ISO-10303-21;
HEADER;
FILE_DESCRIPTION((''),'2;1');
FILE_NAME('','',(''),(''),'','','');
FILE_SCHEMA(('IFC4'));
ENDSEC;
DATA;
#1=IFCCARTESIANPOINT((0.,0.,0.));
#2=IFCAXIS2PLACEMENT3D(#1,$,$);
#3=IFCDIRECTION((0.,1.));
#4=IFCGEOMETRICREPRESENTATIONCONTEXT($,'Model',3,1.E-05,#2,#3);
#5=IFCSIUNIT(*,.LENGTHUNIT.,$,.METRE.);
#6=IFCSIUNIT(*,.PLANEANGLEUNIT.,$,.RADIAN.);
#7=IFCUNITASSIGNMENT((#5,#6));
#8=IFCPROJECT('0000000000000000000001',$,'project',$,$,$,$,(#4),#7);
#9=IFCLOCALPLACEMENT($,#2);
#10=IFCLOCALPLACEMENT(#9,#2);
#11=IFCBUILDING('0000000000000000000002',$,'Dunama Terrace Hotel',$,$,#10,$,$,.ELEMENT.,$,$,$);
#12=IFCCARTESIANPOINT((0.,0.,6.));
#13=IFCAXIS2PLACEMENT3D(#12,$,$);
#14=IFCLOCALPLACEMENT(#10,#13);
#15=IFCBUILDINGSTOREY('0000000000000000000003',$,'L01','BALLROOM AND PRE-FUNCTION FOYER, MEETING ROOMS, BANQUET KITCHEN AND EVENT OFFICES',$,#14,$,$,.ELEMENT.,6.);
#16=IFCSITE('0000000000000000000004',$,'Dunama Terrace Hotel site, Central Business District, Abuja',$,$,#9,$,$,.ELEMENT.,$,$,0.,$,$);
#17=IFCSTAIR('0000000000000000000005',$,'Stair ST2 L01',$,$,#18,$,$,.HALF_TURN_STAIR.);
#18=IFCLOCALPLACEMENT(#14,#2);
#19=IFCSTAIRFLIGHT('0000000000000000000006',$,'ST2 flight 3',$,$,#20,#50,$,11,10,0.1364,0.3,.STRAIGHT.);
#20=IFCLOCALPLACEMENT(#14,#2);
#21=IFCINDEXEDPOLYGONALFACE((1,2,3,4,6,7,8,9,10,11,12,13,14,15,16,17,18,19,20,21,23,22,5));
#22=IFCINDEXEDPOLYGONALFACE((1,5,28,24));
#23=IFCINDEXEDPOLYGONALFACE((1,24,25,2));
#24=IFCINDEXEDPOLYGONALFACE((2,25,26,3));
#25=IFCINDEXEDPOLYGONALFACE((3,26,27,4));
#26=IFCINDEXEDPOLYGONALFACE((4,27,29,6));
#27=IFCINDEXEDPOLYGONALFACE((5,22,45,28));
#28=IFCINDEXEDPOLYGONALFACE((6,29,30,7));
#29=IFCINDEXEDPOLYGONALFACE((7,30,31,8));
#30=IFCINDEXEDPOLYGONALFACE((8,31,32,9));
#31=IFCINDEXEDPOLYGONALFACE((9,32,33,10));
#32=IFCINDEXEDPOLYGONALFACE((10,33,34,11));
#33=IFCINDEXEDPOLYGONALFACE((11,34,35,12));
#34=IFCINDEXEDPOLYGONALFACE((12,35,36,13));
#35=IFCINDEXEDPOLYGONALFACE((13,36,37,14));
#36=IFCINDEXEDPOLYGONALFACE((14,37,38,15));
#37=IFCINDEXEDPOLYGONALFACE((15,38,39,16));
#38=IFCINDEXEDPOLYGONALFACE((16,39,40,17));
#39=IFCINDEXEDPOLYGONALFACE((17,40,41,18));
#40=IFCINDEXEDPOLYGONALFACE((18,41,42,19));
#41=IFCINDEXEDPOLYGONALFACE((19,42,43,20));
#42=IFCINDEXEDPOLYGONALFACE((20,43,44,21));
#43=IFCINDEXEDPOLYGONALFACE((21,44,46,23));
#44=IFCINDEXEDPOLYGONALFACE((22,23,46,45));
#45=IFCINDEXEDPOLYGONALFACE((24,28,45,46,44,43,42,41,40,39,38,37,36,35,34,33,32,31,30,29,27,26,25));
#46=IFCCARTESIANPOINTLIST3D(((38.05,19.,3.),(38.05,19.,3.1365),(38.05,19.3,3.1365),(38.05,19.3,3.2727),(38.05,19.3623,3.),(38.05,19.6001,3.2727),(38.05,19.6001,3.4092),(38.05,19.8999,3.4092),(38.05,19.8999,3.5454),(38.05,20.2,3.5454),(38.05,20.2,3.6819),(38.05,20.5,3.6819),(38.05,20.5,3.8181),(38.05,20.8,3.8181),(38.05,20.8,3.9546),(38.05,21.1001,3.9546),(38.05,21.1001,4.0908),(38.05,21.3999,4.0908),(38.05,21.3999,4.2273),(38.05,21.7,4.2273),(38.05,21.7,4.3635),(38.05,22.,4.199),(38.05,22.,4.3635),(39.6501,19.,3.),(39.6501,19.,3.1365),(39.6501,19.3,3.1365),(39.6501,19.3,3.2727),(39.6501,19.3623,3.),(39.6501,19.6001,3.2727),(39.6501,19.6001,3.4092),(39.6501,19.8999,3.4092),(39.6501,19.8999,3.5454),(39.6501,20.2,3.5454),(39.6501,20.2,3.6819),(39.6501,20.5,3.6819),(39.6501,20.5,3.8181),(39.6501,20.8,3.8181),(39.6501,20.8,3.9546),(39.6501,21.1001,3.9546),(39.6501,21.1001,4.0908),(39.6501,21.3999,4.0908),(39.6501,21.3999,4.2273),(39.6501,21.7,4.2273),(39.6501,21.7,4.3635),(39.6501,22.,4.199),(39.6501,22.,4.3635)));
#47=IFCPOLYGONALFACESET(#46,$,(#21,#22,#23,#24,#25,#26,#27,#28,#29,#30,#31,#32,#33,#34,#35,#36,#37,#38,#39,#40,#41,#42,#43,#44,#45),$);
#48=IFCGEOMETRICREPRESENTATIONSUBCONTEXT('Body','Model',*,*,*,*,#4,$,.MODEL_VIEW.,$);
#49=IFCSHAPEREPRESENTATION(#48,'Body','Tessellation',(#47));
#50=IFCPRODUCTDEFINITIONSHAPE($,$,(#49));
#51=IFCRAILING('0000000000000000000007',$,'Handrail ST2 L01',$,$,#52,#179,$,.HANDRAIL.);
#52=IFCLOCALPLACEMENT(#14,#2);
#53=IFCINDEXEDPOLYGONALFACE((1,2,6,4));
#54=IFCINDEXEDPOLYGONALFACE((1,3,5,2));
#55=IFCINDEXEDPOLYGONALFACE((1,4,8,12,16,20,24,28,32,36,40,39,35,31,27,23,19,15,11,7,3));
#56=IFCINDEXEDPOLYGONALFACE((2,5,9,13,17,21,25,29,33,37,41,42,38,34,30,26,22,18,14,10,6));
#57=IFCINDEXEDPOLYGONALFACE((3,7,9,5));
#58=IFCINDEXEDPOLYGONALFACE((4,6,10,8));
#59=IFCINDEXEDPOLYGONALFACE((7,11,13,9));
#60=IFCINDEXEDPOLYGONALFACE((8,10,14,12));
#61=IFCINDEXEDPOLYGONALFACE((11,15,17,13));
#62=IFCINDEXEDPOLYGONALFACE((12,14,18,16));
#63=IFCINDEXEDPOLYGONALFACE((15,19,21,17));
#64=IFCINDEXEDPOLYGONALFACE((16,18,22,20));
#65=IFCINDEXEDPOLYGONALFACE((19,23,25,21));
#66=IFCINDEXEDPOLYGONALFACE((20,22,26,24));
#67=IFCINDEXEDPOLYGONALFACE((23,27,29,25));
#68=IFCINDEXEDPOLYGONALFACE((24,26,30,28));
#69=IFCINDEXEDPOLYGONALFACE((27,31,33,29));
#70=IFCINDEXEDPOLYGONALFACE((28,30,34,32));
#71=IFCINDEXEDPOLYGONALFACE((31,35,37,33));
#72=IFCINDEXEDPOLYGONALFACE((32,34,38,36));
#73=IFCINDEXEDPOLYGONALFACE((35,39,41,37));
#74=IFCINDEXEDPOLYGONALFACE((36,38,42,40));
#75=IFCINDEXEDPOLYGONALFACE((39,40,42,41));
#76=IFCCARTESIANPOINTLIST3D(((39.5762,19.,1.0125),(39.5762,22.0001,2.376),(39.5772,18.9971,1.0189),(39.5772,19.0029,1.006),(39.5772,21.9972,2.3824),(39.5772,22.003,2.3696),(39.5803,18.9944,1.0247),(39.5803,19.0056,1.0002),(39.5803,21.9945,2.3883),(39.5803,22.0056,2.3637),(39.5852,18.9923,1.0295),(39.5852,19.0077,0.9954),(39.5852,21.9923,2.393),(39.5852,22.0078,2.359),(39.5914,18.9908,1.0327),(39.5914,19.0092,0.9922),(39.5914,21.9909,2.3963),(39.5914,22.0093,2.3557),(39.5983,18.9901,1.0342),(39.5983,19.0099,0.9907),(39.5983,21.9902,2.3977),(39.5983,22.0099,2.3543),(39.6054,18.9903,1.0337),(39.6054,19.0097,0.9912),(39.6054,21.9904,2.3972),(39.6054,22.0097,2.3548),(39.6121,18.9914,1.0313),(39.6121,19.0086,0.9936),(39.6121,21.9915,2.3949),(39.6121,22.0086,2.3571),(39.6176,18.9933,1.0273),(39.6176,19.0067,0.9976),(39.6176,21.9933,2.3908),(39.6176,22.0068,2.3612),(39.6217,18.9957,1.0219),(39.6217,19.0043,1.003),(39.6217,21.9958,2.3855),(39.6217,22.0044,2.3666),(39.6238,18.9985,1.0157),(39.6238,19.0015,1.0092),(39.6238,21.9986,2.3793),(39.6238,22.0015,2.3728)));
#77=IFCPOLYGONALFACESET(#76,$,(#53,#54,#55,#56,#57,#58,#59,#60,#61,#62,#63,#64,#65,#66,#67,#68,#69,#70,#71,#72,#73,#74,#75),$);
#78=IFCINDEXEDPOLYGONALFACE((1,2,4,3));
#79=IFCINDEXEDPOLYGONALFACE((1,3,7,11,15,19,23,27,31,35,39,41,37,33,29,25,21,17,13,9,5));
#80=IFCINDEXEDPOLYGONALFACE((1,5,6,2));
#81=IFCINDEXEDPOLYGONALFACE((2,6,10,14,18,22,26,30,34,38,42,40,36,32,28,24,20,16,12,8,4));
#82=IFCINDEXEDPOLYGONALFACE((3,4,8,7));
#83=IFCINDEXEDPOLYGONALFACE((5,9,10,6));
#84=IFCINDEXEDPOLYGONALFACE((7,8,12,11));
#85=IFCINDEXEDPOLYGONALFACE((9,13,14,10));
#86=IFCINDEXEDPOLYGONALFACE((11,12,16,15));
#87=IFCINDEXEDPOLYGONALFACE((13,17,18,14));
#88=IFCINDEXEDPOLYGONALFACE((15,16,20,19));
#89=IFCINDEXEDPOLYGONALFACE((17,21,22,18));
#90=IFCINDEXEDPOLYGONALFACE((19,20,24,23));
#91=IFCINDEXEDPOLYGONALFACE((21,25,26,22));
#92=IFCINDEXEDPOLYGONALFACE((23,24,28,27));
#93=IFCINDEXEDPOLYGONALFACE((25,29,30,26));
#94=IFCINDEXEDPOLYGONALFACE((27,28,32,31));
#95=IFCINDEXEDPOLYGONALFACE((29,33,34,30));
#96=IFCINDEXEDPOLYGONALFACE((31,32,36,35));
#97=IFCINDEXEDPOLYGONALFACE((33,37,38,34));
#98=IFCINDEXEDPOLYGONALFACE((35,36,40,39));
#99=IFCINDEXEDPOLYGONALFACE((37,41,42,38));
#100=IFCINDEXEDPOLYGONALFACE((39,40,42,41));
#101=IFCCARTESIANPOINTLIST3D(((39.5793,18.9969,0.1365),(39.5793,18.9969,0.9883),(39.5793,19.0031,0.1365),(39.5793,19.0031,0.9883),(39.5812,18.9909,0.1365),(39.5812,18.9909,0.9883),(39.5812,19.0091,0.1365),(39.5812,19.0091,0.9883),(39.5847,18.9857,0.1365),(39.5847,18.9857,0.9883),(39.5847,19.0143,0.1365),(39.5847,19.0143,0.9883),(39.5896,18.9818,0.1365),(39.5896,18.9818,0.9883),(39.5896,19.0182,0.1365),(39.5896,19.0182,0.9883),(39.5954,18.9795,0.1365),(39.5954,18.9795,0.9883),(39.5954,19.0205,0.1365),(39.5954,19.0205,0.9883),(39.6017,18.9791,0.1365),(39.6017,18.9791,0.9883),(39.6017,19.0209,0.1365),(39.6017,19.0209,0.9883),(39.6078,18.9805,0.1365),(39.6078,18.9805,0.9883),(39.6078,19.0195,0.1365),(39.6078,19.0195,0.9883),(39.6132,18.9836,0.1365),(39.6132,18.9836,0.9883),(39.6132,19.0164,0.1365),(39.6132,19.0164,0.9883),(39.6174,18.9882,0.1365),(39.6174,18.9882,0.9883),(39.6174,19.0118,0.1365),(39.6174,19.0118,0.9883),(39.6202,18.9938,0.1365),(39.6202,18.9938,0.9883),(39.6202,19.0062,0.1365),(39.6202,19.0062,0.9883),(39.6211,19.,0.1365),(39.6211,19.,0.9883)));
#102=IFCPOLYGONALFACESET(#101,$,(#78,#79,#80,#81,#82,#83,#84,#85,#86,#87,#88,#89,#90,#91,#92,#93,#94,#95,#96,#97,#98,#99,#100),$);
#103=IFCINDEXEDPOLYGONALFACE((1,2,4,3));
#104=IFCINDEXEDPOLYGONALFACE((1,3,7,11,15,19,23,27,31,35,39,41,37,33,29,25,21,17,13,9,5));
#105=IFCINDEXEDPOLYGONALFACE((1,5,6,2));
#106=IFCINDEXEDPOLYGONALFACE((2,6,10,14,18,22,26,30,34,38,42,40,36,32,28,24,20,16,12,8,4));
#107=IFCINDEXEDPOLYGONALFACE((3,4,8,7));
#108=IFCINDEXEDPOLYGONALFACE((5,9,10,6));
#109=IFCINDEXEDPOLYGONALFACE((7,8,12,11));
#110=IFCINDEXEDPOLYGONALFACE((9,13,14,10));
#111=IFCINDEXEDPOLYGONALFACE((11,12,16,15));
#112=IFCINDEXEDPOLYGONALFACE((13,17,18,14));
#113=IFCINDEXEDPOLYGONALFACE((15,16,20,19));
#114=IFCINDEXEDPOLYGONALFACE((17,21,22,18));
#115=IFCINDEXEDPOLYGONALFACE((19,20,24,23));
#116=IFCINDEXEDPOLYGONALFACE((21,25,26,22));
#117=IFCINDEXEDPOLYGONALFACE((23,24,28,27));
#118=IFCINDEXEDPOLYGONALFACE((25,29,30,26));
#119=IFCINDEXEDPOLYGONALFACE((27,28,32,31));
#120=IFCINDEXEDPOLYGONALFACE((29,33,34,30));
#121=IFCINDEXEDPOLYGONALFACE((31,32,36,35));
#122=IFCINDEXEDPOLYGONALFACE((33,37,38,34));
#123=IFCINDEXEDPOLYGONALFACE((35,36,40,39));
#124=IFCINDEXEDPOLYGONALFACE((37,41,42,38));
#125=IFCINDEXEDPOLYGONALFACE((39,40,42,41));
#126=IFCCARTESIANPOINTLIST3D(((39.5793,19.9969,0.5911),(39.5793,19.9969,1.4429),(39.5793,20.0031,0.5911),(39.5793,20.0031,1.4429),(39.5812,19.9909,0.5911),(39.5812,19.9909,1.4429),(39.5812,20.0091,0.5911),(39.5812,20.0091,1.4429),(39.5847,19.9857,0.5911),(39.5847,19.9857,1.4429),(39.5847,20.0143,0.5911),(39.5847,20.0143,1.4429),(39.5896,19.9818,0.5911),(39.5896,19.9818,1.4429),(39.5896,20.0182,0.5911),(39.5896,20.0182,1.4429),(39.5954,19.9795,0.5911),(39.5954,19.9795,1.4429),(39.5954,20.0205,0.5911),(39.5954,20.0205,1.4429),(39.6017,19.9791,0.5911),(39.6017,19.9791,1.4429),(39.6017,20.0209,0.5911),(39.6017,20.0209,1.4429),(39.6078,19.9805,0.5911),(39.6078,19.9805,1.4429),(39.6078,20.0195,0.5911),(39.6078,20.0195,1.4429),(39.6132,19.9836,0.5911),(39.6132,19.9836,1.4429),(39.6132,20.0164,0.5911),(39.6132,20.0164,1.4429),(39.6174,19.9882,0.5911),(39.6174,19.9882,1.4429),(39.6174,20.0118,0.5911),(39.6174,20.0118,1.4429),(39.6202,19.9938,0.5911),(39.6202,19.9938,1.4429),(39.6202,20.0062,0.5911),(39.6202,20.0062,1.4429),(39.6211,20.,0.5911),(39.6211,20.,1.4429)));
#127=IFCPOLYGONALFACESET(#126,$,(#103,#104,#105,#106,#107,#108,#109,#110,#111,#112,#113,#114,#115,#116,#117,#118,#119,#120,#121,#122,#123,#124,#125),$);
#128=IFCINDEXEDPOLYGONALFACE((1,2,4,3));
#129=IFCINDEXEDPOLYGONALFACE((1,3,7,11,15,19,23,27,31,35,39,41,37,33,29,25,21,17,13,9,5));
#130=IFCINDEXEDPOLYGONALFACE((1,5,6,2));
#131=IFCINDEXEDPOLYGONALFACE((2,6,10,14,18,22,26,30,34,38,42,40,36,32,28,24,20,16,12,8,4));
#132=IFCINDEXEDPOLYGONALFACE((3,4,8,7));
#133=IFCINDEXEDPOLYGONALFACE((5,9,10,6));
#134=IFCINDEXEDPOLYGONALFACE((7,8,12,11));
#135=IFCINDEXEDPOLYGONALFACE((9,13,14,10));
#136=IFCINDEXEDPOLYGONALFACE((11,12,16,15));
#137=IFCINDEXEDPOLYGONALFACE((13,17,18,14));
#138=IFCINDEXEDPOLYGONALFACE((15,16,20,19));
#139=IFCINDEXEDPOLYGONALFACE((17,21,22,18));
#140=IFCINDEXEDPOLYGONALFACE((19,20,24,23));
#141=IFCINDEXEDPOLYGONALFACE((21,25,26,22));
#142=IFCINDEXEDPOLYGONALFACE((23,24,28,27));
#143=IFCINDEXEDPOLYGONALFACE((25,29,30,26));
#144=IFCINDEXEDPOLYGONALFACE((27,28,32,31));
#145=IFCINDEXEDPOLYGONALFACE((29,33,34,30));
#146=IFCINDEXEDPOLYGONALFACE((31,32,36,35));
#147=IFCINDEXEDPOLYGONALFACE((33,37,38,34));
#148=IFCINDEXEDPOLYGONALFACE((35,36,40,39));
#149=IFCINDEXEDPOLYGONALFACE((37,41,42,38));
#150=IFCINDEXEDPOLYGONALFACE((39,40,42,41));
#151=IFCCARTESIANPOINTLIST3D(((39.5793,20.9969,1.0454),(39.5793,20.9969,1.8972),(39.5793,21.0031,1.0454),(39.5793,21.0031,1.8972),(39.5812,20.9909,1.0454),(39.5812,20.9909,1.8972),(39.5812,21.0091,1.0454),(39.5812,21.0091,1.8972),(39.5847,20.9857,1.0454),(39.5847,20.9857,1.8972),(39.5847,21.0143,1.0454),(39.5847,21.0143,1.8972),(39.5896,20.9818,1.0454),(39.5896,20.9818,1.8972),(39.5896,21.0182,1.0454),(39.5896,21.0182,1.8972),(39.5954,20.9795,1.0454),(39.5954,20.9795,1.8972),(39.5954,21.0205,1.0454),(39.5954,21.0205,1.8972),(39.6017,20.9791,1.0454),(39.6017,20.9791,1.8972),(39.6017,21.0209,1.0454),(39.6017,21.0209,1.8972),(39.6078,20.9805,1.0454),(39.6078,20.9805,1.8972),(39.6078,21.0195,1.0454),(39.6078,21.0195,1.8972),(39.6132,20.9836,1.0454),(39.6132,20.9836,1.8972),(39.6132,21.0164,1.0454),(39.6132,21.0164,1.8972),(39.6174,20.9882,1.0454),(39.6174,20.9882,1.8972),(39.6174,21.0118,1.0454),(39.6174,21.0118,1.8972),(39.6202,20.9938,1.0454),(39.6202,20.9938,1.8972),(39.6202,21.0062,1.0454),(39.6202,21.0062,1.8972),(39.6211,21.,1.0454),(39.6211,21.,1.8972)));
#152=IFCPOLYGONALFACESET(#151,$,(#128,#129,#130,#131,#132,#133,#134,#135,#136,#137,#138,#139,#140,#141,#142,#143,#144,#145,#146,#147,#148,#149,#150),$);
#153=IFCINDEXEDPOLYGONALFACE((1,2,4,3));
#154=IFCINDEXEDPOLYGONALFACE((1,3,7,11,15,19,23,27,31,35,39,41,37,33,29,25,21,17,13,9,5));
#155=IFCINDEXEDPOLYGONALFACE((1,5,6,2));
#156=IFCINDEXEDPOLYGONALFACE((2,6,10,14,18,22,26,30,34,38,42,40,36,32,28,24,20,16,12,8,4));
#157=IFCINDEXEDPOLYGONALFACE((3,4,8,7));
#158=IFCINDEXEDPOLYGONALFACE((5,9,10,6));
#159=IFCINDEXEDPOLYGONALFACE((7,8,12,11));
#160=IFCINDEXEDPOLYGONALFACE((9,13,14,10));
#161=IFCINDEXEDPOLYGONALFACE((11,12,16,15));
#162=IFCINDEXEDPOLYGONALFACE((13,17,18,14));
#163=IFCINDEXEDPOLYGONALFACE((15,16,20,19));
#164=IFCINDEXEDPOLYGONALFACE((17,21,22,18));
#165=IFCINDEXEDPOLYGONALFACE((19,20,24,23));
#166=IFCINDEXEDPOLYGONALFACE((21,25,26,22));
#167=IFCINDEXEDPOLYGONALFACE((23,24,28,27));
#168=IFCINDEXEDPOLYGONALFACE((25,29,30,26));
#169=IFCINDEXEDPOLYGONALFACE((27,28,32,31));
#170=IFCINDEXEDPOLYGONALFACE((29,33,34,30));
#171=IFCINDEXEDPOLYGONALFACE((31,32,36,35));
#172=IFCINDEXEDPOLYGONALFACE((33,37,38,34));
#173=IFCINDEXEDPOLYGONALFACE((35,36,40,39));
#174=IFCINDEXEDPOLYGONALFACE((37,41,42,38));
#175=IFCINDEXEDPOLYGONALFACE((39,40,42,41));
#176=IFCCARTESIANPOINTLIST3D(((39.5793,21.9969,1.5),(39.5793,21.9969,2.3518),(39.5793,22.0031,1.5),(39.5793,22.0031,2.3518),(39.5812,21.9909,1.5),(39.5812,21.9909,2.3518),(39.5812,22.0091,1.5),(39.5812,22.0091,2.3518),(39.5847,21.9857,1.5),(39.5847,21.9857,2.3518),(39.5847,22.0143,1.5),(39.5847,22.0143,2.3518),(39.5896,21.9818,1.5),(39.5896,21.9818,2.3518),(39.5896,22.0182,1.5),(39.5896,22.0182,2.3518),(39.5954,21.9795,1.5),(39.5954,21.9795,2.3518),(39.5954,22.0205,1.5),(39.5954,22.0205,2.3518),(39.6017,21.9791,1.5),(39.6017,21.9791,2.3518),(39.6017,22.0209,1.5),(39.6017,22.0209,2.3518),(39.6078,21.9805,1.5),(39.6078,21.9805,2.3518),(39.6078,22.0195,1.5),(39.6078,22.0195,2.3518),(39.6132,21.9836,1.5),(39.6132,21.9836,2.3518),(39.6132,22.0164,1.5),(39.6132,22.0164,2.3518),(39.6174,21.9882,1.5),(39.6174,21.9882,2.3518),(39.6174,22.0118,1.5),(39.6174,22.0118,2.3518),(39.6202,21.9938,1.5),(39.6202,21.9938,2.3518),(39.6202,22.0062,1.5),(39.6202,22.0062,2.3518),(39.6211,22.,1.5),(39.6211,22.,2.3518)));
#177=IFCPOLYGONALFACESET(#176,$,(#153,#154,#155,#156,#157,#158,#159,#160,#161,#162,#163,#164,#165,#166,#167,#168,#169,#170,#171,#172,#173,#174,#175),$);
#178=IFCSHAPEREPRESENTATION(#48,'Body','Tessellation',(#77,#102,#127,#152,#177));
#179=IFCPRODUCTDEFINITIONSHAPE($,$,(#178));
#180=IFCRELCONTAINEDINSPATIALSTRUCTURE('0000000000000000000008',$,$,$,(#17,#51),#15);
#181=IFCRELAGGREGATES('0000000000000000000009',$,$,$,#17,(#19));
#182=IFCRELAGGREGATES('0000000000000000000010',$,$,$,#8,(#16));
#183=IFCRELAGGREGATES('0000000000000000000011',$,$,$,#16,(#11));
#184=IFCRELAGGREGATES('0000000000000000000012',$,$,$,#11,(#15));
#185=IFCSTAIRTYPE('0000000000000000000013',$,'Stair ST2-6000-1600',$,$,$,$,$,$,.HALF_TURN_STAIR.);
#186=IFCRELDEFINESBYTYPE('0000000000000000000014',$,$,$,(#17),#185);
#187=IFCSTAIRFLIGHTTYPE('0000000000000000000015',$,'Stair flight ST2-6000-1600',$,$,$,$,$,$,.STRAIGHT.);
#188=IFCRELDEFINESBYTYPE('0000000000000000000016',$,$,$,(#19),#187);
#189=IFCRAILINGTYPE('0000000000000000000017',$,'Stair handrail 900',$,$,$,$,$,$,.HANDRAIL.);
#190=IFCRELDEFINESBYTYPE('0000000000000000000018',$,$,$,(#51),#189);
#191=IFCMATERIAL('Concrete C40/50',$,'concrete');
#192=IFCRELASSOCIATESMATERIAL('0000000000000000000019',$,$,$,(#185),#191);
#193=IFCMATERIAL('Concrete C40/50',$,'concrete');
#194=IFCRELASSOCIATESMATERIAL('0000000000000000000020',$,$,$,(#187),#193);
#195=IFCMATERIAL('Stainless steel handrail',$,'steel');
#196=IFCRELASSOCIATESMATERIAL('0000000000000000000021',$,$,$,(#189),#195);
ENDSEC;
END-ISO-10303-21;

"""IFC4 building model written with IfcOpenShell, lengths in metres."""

from ifc_helpers import new_model, si_unit, direction, frame, origin, origin_2d, place, context, subcontext, project, spatial, polyline, circle, outline, extrude, material, type_object, element, aggregate, save


model = new_model("IFC4")

# Units and contexts
model_context = context("Model", 3, precision=1e-05, world=origin(), true_north=direction((0.0, 1.0)))
body_context = subcontext(model_context, "Body", "Model", "MODEL_VIEW")
ifc_project = project(units=[si_unit("LENGTHUNIT", "METRE"), si_unit("PLANEANGLEUNIT", "RADIAN")], contexts=[model_context])

# Site, building, storey
site_placement = place(None, origin())
site = spatial("IfcSite", under=ifc_project, at=site_placement, Name="Dunama Terrace Hotel site, Central Business District, Abuja", CompositionType="ELEMENT", RefElevation=0.0)
building_placement = place(site_placement, origin())
building = spatial("IfcBuilding", under=site, at=building_placement, Name="Dunama Terrace Hotel", CompositionType="ELEMENT")
storey_placement = place(building_placement, frame((0.0, 0.0, 6.0)))
storey = spatial("IfcBuildingStorey", under=building, at=storey_placement, Name="L01", Description="BALLROOM AND PRE-FUNCTION FOYER, MEETING ROOMS, BANQUET KITCHEN AND EVENT OFFICES", CompositionType="ELEMENT", Elevation=6.0)

# Stair, stair flight
ifc_material_1 = material(Name="Concrete C40/50", Category="concrete")
stair_type = type_object("IfcStairType", Name="Stair ST2-6000-1600", PredefinedType="HALF_TURN_STAIR", material=ifc_material_1)
stair_placement = place(storey_placement, origin())
stair = element("IfcStair", 1, at=stair_placement, inside=storey, type_object=stair_type, Name="Stair ST2 L01", PredefinedType="HALF_TURN_STAIR")
ifc_material_2 = material(Name="Concrete C40/50", Category="concrete")
stair_flight_type = type_object("IfcStairFlightType", Name="Stair flight ST2-6000-1600", PredefinedType="STRAIGHT", material=ifc_material_2)
stair_flight_1_placement = place(storey_placement, frame((38.8501, 19.0, 3.0), z_axis=(0.0, 0.0, 1.0), x_axis=(0.0, 1.0, 0.0)))
stair_flight_1 = element("IfcStairFlight", 2, at=stair_flight_1_placement, type_object=stair_flight_type, Name="ST2 flight 3", NumberOfRisers=11, NumberOfTreads=10, PredefinedType="STRAIGHT", RiserHeight=0.1364, TreadLength=0.3, context=body_context, shape_type="SweptSolid", body=[
    extrude(outline(polyline([(0.0, 0.0), (0.0, 0.1365), (0.3, 0.1365), (0.3, 0.2727), (0.6001, 0.2727), (0.6001, 0.4092), (0.8999, 0.4092), (0.8999, 0.5454), (1.2, 0.5454), (1.2, 0.6819), (1.5, 0.6819), (1.5, 0.8181), (1.8, 0.8181), (1.8, 0.9546), (2.1001, 0.9546), (2.1001, 1.0908), (2.3999, 1.0908), (2.3999, 1.2273), (2.7, 1.2273), (2.7, 1.3635), (3.0, 1.3635), (3.0, 1.5), (3.0, 1.199), (0.3623, 0.0), (0.0, 0.0)])), frame((0.0, 0.8, 0.0), z_axis=(0.0, -1.0, 0.0), x_axis=(1.0, 0.0, 0.0)), (0.0, 0.0, 1.0), 1.6001),
])
aggregate(stair, [stair_flight_1])

# Railing
ifc_material_3 = material(Name="Stainless steel handrail", Category="steel")
railing_type = type_object("IfcRailingType", Name="Stair handrail 900", PredefinedType="HANDRAIL", material=ifc_material_3)
for number, where, name in (
    (3, (39.6001, 19.0, 0.1365), "Handrail ST2 L01"),
):
    element("IfcRailing", number, at=place(storey_placement, frame(where)), inside=storey, type_object=railing_type, Name=name, PredefinedType="HANDRAIL", context=body_context, shape_type="SweptSolid", body=[
        extrude(circle(Radius=0.0239, at=origin_2d()), frame((0.0, 0.0, 0.876), z_axis=(0.0, 0.910379, 0.413775), x_axis=(-1.0, 0.0, 0.0)), (0.0, 0.0, 1.0), 3.2954),
        extrude(circle(Radius=0.021, at=origin_2d()), origin(), (0.0, 0.0, 1.0), 0.8518),
        extrude(circle(Radius=0.021, at=origin_2d()), frame((0.0, 1.0, 0.4546)), (0.0, 0.0, 1.0), 0.8518),
        extrude(circle(Radius=0.021, at=origin_2d()), frame((0.0, 2.0, 0.9089)), (0.0, 0.0, 1.0), 0.8518),
        extrude(circle(Radius=0.021, at=origin_2d()), frame((0.0, 3.0, 1.3635)), (0.0, 0.0, 1.0), 0.8518),
    ])

save(model, "model.ifc")
